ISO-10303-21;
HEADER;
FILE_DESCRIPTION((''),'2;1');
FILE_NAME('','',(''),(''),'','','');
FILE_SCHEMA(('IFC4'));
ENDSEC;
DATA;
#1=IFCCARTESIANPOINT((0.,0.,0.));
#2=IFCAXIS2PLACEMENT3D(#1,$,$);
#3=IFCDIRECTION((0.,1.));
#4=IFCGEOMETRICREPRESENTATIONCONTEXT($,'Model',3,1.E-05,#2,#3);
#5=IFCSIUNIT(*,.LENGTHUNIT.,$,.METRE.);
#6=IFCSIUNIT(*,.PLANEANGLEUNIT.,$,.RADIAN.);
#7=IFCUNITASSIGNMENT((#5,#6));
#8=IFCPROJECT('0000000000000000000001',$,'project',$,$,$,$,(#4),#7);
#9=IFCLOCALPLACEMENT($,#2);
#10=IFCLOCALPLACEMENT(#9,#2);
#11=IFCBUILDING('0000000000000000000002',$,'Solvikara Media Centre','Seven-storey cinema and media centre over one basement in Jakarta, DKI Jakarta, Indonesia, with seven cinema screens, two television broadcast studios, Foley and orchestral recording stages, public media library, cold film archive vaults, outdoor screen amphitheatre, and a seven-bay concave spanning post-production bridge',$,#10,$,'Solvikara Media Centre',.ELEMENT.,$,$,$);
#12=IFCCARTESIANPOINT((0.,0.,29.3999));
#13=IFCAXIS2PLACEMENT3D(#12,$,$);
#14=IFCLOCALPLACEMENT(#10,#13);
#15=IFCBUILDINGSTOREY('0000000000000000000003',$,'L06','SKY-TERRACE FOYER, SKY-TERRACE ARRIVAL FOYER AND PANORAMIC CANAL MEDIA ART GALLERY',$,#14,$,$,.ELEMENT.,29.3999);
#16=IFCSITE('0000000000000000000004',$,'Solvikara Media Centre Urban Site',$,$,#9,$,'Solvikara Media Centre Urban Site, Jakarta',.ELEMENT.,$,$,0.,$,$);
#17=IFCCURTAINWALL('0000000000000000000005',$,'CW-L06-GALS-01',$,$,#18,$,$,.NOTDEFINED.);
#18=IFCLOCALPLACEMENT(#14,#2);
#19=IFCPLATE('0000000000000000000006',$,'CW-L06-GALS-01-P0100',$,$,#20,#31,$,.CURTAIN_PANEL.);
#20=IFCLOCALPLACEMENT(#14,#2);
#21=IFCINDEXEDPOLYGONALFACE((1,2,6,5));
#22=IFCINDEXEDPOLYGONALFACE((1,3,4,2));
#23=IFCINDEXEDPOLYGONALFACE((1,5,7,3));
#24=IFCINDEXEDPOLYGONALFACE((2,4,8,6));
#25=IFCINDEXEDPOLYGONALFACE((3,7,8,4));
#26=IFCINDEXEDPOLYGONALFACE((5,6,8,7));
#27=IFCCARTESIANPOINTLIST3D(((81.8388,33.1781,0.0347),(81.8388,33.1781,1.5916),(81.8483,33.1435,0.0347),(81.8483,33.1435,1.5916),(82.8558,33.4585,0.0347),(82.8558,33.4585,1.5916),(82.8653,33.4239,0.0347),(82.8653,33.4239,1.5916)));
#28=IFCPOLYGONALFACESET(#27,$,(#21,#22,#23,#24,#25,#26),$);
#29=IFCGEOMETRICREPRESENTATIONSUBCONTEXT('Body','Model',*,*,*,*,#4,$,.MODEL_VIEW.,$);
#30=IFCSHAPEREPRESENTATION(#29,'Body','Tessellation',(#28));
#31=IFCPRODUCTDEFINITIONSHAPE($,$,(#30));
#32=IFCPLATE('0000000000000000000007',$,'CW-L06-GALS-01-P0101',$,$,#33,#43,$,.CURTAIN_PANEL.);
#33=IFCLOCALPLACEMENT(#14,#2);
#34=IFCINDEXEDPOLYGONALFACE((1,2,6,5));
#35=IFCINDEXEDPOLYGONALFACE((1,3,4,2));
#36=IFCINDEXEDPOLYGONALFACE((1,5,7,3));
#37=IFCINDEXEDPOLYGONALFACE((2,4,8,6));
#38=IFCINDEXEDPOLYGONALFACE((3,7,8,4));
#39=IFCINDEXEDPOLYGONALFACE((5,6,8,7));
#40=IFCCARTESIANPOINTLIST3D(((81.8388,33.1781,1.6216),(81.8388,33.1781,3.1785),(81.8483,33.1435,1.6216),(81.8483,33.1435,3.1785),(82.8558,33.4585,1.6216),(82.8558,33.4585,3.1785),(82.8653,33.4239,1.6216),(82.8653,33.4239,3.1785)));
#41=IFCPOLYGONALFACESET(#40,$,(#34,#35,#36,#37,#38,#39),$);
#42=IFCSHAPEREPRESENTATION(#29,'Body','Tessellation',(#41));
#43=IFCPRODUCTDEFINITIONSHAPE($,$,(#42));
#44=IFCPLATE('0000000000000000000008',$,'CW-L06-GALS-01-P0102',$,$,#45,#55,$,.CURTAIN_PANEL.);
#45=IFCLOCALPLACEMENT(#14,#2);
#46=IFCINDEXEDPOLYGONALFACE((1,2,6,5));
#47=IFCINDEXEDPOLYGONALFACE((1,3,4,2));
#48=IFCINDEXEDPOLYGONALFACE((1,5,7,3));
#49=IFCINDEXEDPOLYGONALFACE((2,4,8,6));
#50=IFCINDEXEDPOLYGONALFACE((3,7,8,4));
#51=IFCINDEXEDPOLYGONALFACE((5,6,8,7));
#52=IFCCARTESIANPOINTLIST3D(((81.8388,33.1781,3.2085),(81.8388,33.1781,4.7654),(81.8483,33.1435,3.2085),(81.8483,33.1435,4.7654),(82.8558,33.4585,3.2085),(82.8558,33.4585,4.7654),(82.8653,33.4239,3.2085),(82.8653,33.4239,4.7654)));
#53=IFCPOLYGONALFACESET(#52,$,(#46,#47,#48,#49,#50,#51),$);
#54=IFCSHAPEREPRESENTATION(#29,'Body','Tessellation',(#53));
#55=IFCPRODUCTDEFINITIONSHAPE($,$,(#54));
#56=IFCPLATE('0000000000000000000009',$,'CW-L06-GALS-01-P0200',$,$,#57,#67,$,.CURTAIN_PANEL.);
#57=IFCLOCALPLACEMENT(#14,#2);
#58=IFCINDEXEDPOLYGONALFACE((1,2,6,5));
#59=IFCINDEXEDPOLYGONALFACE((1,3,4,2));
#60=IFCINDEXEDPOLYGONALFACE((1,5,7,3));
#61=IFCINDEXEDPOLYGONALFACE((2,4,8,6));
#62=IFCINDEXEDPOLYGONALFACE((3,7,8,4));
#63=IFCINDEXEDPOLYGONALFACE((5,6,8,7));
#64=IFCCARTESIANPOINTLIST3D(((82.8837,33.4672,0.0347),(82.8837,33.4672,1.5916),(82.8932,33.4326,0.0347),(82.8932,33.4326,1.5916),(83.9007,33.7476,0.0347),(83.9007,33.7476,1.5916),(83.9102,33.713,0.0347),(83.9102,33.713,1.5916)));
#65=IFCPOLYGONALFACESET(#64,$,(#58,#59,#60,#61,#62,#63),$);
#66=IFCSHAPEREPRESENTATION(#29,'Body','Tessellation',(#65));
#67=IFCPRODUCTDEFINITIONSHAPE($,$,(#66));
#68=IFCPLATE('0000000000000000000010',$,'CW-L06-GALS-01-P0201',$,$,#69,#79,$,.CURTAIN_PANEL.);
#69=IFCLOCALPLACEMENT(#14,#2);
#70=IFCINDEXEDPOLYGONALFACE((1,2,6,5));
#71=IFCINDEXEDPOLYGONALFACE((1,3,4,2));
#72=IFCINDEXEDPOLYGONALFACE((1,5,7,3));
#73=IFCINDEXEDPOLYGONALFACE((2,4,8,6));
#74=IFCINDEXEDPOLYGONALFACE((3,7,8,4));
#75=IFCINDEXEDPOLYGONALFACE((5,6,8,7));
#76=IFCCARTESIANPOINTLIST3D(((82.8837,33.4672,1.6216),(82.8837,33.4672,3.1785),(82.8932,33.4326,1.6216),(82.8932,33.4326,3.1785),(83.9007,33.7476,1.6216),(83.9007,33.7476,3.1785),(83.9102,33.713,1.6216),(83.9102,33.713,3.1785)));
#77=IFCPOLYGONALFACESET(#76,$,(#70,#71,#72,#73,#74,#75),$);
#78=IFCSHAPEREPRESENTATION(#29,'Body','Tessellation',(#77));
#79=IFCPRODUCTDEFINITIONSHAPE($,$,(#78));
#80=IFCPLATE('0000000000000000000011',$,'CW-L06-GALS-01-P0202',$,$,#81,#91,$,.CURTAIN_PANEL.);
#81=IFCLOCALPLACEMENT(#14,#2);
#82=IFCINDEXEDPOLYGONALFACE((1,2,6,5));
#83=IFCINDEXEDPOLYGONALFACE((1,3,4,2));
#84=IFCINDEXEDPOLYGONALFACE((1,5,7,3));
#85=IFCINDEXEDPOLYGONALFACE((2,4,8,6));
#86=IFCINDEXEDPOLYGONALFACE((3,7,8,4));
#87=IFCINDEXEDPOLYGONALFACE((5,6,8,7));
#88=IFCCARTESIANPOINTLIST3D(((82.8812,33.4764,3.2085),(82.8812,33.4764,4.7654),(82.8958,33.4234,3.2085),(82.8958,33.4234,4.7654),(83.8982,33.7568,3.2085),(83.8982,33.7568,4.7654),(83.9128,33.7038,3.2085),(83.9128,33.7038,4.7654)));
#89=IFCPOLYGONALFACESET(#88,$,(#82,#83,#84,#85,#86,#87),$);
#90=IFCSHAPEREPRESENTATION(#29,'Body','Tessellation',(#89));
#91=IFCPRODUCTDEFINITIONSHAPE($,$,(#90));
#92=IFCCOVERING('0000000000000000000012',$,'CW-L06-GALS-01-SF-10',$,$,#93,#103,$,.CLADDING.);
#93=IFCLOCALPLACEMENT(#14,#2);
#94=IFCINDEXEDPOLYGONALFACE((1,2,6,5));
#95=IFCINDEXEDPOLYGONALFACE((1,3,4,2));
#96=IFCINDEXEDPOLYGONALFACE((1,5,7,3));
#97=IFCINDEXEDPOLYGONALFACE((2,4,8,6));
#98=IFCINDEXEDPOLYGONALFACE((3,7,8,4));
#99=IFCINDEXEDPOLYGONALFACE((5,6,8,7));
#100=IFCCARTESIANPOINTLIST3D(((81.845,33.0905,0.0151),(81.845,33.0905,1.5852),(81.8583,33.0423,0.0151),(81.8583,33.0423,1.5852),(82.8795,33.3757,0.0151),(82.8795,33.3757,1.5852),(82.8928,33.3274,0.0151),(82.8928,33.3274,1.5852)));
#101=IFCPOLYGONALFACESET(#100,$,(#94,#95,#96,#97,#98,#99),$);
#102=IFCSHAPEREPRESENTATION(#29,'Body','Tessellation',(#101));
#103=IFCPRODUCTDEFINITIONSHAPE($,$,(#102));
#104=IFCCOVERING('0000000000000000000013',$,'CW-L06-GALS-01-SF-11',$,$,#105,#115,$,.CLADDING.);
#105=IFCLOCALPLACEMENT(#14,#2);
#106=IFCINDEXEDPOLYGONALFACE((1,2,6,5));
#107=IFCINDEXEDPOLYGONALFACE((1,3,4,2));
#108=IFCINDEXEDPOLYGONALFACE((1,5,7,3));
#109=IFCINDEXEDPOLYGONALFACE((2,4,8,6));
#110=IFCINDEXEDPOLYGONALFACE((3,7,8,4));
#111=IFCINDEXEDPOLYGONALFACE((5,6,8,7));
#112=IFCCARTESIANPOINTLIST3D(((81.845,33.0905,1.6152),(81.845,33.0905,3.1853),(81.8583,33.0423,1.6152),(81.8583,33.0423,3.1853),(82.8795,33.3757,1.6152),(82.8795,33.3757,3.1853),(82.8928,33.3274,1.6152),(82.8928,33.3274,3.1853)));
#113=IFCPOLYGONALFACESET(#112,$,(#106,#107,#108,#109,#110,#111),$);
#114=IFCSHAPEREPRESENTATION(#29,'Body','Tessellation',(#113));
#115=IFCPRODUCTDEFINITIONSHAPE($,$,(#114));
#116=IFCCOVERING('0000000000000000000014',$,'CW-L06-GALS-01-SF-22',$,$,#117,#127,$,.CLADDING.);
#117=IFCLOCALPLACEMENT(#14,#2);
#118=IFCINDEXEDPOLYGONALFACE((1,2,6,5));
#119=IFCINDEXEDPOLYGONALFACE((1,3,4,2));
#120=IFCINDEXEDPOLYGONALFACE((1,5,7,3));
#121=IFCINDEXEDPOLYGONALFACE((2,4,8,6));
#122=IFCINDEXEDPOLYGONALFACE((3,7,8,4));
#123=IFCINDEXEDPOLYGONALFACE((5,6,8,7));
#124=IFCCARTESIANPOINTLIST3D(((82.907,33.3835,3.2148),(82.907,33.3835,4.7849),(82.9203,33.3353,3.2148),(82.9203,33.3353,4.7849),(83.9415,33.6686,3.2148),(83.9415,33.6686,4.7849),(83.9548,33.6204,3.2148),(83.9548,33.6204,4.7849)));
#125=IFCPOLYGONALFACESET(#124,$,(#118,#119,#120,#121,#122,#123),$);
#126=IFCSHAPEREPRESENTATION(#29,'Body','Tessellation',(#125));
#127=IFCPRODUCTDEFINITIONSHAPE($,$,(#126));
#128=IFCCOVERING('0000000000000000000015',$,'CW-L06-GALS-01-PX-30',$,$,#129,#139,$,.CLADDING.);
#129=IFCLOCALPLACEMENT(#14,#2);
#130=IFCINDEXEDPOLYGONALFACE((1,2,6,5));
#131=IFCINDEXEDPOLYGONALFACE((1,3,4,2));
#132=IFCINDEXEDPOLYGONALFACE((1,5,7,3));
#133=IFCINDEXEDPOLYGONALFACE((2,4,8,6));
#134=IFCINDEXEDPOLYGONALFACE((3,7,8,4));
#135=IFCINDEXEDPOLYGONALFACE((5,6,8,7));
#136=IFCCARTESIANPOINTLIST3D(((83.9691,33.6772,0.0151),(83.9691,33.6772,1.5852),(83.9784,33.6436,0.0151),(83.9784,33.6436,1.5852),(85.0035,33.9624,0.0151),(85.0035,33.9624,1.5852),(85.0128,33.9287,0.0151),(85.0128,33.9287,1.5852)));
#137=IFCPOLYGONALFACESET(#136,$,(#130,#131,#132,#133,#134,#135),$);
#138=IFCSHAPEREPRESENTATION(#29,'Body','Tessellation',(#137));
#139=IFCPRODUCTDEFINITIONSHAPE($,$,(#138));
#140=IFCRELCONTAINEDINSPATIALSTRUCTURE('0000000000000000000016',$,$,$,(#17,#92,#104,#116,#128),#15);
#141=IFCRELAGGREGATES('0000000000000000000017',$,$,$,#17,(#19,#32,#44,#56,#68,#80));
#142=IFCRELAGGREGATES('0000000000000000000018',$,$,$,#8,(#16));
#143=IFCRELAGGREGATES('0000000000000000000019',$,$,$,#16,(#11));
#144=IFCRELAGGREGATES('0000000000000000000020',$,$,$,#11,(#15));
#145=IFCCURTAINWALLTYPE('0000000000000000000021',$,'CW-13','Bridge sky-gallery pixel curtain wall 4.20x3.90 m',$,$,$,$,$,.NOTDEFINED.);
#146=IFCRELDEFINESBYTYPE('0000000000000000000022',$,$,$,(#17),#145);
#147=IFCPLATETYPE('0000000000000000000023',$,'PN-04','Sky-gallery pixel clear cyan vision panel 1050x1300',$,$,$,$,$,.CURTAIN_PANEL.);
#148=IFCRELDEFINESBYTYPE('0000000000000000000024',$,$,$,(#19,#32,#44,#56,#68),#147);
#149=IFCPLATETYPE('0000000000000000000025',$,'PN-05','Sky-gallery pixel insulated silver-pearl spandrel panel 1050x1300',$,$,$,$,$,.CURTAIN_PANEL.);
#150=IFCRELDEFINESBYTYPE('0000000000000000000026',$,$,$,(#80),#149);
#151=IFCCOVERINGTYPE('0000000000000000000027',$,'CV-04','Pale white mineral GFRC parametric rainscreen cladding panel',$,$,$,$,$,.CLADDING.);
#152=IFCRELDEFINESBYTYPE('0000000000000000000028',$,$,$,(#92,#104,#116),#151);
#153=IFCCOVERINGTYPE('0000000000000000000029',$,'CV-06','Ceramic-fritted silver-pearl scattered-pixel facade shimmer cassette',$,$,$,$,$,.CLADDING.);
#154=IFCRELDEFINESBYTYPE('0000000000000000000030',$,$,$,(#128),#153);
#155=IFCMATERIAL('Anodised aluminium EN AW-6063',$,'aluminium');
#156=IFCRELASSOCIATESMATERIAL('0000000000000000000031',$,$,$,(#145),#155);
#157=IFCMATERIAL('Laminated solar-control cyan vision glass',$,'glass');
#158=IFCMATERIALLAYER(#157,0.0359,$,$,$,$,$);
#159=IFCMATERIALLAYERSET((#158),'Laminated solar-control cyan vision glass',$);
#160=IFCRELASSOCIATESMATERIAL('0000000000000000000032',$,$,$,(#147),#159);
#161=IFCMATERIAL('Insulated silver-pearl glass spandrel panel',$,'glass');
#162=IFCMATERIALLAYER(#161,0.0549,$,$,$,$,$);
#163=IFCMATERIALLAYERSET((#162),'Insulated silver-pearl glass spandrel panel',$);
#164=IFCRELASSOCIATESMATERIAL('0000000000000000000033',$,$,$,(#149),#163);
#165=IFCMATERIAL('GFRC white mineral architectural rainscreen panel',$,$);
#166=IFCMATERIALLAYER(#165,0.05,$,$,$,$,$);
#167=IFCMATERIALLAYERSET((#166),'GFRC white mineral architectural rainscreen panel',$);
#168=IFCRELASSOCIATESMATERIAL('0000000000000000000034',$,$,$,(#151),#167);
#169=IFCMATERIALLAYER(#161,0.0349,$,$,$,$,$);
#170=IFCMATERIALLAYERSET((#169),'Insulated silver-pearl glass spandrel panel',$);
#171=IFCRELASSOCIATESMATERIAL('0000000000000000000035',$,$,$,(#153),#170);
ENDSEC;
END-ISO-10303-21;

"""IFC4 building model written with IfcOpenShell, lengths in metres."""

from ifc_helpers import new_model, si_unit, direction, frame, origin, origin_2d, place, context, subcontext, project, spatial, rectangle, extrude, material, layer, layer_set, type_object, element, aggregate, save


model = new_model("IFC4")

# Units and contexts
model_context = context("Model", 3, precision=1e-05, world=origin(), true_north=direction((0.0, 1.0)))
body_context = subcontext(model_context, "Body", "Model", "MODEL_VIEW")
ifc_project = project(units=[si_unit("LENGTHUNIT", "METRE"), si_unit("PLANEANGLEUNIT", "RADIAN")], contexts=[model_context])

# Site, building, storey
site_placement = place(None, origin())
site = spatial("IfcSite", under=ifc_project, at=site_placement, Name="Solvikara Media Centre Urban Site", LongName="Solvikara Media Centre Urban Site, Jakarta", CompositionType="ELEMENT", RefElevation=0.0)
building_placement = place(site_placement, origin())
building = spatial("IfcBuilding", under=site, at=building_placement, Name="Solvikara Media Centre", Description="Seven-storey cinema and media centre over one basement in Jakarta, DKI Jakarta, Indonesia, with seven cinema screens, two television broadcast studios, Foley and orchestral recording stages, public media library, cold film archive vaults, outdoor screen amphitheatre, and a seven-bay concave spanning post-production bridge", LongName="Solvikara Media Centre", CompositionType="ELEMENT")
storey_placement = place(building_placement, frame((0.0, 0.0, 29.3999)))
storey = spatial("IfcBuildingStorey", under=building, at=storey_placement, Name="L06", Description="SKY-TERRACE FOYER, SKY-TERRACE ARRIVAL FOYER AND PANORAMIC CANAL MEDIA ART GALLERY", CompositionType="ELEMENT", Elevation=29.3999)

# Curtain wall, plates
ifc_material_1 = material(Name="Anodised aluminium EN AW-6063", Category="aluminium")
curtain_wall_type = type_object("IfcCurtainWallType", Name="CW-13", Description="Bridge sky-gallery pixel curtain wall 4.20x3.90 m", PredefinedType="NOTDEFINED", material=ifc_material_1)
curtain_wall_placement = place(storey_placement, origin())
curtain_wall = element("IfcCurtainWall", 1, at=curtain_wall_placement, inside=storey, type_object=curtain_wall_type, Name="CW-L06-GALS-01", PredefinedType="NOTDEFINED")
ifc_material_2 = material(Name="Laminated solar-control cyan vision glass", Category="glass")
ifc_layer_1 = layer(ifc_material_2, 0.0359)
ifc_layer_set_1 = layer_set([ifc_layer_1], Name="Laminated solar-control cyan vision glass")
plate_type_1 = type_object("IfcPlateType", Name="PN-04", Description="Sky-gallery pixel clear cyan vision panel 1050x1300", PredefinedType="CURTAIN_PANEL", material=ifc_layer_set_1)
plate_1_placement = place(storey_placement, frame((82.3521, 33.301, 0.0347), z_axis=(0.0, 0.0, 1.0), x_axis=(0.96403, 0.265792, 0.0)))
plate_1 = element("IfcPlate", 2, at=plate_1_placement, type_object=plate_type_1, Name="CW-L06-GALS-01-P0100", PredefinedType="CURTAIN_PANEL", context=body_context, shape_type="SweptSolid", body=[
    extrude(rectangle(XDim=1.0549, YDim=0.0359, at=origin_2d()), origin(), (0.0, 0.0, 1.0), 1.5569),
])
plate_2_placement = place(storey_placement, frame((82.3521, 33.301, 1.6216), z_axis=(0.0, 0.0, 1.0), x_axis=(0.96403, 0.265792, 0.0)))
plate_2 = element("IfcPlate", 3, at=plate_2_placement, type_object=plate_type_1, Name="CW-L06-GALS-01-P0101", PredefinedType="CURTAIN_PANEL", context=body_context, shape_type="SweptSolid", body=[
    extrude(rectangle(XDim=1.0549, YDim=0.0359, at=origin_2d()), origin(), (0.0, 0.0, 1.0), 1.5569),
])
plate_3_placement = place(storey_placement, frame((82.3521, 33.301, 3.2085), z_axis=(0.0, 0.0, 1.0), x_axis=(0.96403, 0.265792, 0.0)))
plate_3 = element("IfcPlate", 4, at=plate_3_placement, type_object=plate_type_1, Name="CW-L06-GALS-01-P0102", PredefinedType="CURTAIN_PANEL", context=body_context, shape_type="SweptSolid", body=[
    extrude(rectangle(XDim=1.0549, YDim=0.0359, at=origin_2d()), origin(), (0.0, 0.0, 1.0), 1.5569),
])
plate_4_placement = place(storey_placement, frame((83.397, 33.5901, 0.0347), z_axis=(0.0, 0.0, 1.0), x_axis=(0.96403, 0.265792, 0.0)))
plate_4 = element("IfcPlate", 5, at=plate_4_placement, type_object=plate_type_1, Name="CW-L06-GALS-01-P0200", PredefinedType="CURTAIN_PANEL", context=body_context, shape_type="SweptSolid", body=[
    extrude(rectangle(XDim=1.0549, YDim=0.0359, at=origin_2d()), origin(), (0.0, 0.0, 1.0), 1.5569),
])
plate_5_placement = place(storey_placement, frame((83.397, 33.5901, 1.6216), z_axis=(0.0, 0.0, 1.0), x_axis=(0.96403, 0.265792, 0.0)))
plate_5 = element("IfcPlate", 6, at=plate_5_placement, type_object=plate_type_1, Name="CW-L06-GALS-01-P0201", PredefinedType="CURTAIN_PANEL", context=body_context, shape_type="SweptSolid", body=[
    extrude(rectangle(XDim=1.0549, YDim=0.0359, at=origin_2d()), origin(), (0.0, 0.0, 1.0), 1.5569),
])
ifc_material_3 = material(Name="Insulated silver-pearl glass spandrel panel", Category="glass")
ifc_layer_2 = layer(ifc_material_3, 0.0549)
ifc_layer_set_2 = layer_set([ifc_layer_2], Name="Insulated silver-pearl glass spandrel panel")
plate_type_2 = type_object("IfcPlateType", Name="PN-05", Description="Sky-gallery pixel insulated silver-pearl spandrel panel 1050x1300", PredefinedType="CURTAIN_PANEL", material=ifc_layer_set_2)
plate_6_placement = place(storey_placement, frame((83.397, 33.5901, 3.2085), z_axis=(0.0, 0.0, 1.0), x_axis=(0.96403, 0.265792, 0.0)))
plate_6 = element("IfcPlate", 7, at=plate_6_placement, type_object=plate_type_2, Name="CW-L06-GALS-01-P0202", PredefinedType="CURTAIN_PANEL", context=body_context, shape_type="SweptSolid", body=[
    extrude(rectangle(XDim=1.0549, YDim=0.0549, at=origin_2d()), origin(), (0.0, 0.0, 1.0), 1.5569),
])
aggregate(curtain_wall, [plate_1, plate_2, plate_3, plate_4, plate_5, plate_6])

# Coverings
ifc_material_4 = material(Name="GFRC white mineral architectural rainscreen panel")
ifc_layer_3 = layer(ifc_material_4, 0.05)
ifc_layer_set_3 = layer_set([ifc_layer_3], Name="GFRC white mineral architectural rainscreen panel")
covering_type_1 = type_object("IfcCoveringType", Name="CV-04", Description="Pale white mineral GFRC parametric rainscreen cladding panel", PredefinedType="CLADDING", material=ifc_layer_set_3)
for number, where, z_axis, x_axis, name in (
    (8, (82.3689, 33.209, 0.0151), (0.0, 0.0, 1.0), (0.964049, 0.265724, 0.0), "CW-L06-GALS-01-SF-10"),
    (9, (82.3689, 33.209, 1.6152), (0.0, 0.0, 1.0), (0.964049, 0.265724, 0.0), "CW-L06-GALS-01-SF-11"),
    (10, (83.4309, 33.502, 3.2148), (0.0, 0.0, 1.0), (0.964049, 0.265724, 0.0), "CW-L06-GALS-01-SF-22"),
):
    element("IfcCovering", number, at=place(storey_placement, frame(where, z_axis=z_axis, x_axis=x_axis)), inside=storey, type_object=covering_type_1, Name=name, PredefinedType="CLADDING", context=body_context, shape_type="SweptSolid", body=[
        extrude(rectangle(XDim=1.073, YDim=0.05, at=origin_2d()), origin(), (0.0, 0.0, 1.0), 1.5701),
    ])
ifc_layer_4 = layer(ifc_material_3, 0.0349)
ifc_layer_set_4 = layer_set([ifc_layer_4], Name="Insulated silver-pearl glass spandrel panel")
covering_type_2 = type_object("IfcCoveringType", Name="CV-06", Description="Ceramic-fritted silver-pearl scattered-pixel facade shimmer cassette", PredefinedType="CLADDING", material=ifc_layer_set_4)
covering_placement = place(storey_placement, frame((84.491, 33.803, 0.0151), z_axis=(0.0, 0.0, 1.0), x_axis=(0.964049, 0.265724, 0.0)))
element("IfcCovering", 11, at=covering_placement, inside=storey, type_object=covering_type_2, Name="CW-L06-GALS-01-PX-30", PredefinedType="CLADDING", context=body_context, shape_type="SweptSolid", body=[
    extrude(rectangle(XDim=1.073, YDim=0.0349, at=origin_2d()), origin(), (0.0, 0.0, 1.0), 1.5701),
])

save(model, "model.ifc")
